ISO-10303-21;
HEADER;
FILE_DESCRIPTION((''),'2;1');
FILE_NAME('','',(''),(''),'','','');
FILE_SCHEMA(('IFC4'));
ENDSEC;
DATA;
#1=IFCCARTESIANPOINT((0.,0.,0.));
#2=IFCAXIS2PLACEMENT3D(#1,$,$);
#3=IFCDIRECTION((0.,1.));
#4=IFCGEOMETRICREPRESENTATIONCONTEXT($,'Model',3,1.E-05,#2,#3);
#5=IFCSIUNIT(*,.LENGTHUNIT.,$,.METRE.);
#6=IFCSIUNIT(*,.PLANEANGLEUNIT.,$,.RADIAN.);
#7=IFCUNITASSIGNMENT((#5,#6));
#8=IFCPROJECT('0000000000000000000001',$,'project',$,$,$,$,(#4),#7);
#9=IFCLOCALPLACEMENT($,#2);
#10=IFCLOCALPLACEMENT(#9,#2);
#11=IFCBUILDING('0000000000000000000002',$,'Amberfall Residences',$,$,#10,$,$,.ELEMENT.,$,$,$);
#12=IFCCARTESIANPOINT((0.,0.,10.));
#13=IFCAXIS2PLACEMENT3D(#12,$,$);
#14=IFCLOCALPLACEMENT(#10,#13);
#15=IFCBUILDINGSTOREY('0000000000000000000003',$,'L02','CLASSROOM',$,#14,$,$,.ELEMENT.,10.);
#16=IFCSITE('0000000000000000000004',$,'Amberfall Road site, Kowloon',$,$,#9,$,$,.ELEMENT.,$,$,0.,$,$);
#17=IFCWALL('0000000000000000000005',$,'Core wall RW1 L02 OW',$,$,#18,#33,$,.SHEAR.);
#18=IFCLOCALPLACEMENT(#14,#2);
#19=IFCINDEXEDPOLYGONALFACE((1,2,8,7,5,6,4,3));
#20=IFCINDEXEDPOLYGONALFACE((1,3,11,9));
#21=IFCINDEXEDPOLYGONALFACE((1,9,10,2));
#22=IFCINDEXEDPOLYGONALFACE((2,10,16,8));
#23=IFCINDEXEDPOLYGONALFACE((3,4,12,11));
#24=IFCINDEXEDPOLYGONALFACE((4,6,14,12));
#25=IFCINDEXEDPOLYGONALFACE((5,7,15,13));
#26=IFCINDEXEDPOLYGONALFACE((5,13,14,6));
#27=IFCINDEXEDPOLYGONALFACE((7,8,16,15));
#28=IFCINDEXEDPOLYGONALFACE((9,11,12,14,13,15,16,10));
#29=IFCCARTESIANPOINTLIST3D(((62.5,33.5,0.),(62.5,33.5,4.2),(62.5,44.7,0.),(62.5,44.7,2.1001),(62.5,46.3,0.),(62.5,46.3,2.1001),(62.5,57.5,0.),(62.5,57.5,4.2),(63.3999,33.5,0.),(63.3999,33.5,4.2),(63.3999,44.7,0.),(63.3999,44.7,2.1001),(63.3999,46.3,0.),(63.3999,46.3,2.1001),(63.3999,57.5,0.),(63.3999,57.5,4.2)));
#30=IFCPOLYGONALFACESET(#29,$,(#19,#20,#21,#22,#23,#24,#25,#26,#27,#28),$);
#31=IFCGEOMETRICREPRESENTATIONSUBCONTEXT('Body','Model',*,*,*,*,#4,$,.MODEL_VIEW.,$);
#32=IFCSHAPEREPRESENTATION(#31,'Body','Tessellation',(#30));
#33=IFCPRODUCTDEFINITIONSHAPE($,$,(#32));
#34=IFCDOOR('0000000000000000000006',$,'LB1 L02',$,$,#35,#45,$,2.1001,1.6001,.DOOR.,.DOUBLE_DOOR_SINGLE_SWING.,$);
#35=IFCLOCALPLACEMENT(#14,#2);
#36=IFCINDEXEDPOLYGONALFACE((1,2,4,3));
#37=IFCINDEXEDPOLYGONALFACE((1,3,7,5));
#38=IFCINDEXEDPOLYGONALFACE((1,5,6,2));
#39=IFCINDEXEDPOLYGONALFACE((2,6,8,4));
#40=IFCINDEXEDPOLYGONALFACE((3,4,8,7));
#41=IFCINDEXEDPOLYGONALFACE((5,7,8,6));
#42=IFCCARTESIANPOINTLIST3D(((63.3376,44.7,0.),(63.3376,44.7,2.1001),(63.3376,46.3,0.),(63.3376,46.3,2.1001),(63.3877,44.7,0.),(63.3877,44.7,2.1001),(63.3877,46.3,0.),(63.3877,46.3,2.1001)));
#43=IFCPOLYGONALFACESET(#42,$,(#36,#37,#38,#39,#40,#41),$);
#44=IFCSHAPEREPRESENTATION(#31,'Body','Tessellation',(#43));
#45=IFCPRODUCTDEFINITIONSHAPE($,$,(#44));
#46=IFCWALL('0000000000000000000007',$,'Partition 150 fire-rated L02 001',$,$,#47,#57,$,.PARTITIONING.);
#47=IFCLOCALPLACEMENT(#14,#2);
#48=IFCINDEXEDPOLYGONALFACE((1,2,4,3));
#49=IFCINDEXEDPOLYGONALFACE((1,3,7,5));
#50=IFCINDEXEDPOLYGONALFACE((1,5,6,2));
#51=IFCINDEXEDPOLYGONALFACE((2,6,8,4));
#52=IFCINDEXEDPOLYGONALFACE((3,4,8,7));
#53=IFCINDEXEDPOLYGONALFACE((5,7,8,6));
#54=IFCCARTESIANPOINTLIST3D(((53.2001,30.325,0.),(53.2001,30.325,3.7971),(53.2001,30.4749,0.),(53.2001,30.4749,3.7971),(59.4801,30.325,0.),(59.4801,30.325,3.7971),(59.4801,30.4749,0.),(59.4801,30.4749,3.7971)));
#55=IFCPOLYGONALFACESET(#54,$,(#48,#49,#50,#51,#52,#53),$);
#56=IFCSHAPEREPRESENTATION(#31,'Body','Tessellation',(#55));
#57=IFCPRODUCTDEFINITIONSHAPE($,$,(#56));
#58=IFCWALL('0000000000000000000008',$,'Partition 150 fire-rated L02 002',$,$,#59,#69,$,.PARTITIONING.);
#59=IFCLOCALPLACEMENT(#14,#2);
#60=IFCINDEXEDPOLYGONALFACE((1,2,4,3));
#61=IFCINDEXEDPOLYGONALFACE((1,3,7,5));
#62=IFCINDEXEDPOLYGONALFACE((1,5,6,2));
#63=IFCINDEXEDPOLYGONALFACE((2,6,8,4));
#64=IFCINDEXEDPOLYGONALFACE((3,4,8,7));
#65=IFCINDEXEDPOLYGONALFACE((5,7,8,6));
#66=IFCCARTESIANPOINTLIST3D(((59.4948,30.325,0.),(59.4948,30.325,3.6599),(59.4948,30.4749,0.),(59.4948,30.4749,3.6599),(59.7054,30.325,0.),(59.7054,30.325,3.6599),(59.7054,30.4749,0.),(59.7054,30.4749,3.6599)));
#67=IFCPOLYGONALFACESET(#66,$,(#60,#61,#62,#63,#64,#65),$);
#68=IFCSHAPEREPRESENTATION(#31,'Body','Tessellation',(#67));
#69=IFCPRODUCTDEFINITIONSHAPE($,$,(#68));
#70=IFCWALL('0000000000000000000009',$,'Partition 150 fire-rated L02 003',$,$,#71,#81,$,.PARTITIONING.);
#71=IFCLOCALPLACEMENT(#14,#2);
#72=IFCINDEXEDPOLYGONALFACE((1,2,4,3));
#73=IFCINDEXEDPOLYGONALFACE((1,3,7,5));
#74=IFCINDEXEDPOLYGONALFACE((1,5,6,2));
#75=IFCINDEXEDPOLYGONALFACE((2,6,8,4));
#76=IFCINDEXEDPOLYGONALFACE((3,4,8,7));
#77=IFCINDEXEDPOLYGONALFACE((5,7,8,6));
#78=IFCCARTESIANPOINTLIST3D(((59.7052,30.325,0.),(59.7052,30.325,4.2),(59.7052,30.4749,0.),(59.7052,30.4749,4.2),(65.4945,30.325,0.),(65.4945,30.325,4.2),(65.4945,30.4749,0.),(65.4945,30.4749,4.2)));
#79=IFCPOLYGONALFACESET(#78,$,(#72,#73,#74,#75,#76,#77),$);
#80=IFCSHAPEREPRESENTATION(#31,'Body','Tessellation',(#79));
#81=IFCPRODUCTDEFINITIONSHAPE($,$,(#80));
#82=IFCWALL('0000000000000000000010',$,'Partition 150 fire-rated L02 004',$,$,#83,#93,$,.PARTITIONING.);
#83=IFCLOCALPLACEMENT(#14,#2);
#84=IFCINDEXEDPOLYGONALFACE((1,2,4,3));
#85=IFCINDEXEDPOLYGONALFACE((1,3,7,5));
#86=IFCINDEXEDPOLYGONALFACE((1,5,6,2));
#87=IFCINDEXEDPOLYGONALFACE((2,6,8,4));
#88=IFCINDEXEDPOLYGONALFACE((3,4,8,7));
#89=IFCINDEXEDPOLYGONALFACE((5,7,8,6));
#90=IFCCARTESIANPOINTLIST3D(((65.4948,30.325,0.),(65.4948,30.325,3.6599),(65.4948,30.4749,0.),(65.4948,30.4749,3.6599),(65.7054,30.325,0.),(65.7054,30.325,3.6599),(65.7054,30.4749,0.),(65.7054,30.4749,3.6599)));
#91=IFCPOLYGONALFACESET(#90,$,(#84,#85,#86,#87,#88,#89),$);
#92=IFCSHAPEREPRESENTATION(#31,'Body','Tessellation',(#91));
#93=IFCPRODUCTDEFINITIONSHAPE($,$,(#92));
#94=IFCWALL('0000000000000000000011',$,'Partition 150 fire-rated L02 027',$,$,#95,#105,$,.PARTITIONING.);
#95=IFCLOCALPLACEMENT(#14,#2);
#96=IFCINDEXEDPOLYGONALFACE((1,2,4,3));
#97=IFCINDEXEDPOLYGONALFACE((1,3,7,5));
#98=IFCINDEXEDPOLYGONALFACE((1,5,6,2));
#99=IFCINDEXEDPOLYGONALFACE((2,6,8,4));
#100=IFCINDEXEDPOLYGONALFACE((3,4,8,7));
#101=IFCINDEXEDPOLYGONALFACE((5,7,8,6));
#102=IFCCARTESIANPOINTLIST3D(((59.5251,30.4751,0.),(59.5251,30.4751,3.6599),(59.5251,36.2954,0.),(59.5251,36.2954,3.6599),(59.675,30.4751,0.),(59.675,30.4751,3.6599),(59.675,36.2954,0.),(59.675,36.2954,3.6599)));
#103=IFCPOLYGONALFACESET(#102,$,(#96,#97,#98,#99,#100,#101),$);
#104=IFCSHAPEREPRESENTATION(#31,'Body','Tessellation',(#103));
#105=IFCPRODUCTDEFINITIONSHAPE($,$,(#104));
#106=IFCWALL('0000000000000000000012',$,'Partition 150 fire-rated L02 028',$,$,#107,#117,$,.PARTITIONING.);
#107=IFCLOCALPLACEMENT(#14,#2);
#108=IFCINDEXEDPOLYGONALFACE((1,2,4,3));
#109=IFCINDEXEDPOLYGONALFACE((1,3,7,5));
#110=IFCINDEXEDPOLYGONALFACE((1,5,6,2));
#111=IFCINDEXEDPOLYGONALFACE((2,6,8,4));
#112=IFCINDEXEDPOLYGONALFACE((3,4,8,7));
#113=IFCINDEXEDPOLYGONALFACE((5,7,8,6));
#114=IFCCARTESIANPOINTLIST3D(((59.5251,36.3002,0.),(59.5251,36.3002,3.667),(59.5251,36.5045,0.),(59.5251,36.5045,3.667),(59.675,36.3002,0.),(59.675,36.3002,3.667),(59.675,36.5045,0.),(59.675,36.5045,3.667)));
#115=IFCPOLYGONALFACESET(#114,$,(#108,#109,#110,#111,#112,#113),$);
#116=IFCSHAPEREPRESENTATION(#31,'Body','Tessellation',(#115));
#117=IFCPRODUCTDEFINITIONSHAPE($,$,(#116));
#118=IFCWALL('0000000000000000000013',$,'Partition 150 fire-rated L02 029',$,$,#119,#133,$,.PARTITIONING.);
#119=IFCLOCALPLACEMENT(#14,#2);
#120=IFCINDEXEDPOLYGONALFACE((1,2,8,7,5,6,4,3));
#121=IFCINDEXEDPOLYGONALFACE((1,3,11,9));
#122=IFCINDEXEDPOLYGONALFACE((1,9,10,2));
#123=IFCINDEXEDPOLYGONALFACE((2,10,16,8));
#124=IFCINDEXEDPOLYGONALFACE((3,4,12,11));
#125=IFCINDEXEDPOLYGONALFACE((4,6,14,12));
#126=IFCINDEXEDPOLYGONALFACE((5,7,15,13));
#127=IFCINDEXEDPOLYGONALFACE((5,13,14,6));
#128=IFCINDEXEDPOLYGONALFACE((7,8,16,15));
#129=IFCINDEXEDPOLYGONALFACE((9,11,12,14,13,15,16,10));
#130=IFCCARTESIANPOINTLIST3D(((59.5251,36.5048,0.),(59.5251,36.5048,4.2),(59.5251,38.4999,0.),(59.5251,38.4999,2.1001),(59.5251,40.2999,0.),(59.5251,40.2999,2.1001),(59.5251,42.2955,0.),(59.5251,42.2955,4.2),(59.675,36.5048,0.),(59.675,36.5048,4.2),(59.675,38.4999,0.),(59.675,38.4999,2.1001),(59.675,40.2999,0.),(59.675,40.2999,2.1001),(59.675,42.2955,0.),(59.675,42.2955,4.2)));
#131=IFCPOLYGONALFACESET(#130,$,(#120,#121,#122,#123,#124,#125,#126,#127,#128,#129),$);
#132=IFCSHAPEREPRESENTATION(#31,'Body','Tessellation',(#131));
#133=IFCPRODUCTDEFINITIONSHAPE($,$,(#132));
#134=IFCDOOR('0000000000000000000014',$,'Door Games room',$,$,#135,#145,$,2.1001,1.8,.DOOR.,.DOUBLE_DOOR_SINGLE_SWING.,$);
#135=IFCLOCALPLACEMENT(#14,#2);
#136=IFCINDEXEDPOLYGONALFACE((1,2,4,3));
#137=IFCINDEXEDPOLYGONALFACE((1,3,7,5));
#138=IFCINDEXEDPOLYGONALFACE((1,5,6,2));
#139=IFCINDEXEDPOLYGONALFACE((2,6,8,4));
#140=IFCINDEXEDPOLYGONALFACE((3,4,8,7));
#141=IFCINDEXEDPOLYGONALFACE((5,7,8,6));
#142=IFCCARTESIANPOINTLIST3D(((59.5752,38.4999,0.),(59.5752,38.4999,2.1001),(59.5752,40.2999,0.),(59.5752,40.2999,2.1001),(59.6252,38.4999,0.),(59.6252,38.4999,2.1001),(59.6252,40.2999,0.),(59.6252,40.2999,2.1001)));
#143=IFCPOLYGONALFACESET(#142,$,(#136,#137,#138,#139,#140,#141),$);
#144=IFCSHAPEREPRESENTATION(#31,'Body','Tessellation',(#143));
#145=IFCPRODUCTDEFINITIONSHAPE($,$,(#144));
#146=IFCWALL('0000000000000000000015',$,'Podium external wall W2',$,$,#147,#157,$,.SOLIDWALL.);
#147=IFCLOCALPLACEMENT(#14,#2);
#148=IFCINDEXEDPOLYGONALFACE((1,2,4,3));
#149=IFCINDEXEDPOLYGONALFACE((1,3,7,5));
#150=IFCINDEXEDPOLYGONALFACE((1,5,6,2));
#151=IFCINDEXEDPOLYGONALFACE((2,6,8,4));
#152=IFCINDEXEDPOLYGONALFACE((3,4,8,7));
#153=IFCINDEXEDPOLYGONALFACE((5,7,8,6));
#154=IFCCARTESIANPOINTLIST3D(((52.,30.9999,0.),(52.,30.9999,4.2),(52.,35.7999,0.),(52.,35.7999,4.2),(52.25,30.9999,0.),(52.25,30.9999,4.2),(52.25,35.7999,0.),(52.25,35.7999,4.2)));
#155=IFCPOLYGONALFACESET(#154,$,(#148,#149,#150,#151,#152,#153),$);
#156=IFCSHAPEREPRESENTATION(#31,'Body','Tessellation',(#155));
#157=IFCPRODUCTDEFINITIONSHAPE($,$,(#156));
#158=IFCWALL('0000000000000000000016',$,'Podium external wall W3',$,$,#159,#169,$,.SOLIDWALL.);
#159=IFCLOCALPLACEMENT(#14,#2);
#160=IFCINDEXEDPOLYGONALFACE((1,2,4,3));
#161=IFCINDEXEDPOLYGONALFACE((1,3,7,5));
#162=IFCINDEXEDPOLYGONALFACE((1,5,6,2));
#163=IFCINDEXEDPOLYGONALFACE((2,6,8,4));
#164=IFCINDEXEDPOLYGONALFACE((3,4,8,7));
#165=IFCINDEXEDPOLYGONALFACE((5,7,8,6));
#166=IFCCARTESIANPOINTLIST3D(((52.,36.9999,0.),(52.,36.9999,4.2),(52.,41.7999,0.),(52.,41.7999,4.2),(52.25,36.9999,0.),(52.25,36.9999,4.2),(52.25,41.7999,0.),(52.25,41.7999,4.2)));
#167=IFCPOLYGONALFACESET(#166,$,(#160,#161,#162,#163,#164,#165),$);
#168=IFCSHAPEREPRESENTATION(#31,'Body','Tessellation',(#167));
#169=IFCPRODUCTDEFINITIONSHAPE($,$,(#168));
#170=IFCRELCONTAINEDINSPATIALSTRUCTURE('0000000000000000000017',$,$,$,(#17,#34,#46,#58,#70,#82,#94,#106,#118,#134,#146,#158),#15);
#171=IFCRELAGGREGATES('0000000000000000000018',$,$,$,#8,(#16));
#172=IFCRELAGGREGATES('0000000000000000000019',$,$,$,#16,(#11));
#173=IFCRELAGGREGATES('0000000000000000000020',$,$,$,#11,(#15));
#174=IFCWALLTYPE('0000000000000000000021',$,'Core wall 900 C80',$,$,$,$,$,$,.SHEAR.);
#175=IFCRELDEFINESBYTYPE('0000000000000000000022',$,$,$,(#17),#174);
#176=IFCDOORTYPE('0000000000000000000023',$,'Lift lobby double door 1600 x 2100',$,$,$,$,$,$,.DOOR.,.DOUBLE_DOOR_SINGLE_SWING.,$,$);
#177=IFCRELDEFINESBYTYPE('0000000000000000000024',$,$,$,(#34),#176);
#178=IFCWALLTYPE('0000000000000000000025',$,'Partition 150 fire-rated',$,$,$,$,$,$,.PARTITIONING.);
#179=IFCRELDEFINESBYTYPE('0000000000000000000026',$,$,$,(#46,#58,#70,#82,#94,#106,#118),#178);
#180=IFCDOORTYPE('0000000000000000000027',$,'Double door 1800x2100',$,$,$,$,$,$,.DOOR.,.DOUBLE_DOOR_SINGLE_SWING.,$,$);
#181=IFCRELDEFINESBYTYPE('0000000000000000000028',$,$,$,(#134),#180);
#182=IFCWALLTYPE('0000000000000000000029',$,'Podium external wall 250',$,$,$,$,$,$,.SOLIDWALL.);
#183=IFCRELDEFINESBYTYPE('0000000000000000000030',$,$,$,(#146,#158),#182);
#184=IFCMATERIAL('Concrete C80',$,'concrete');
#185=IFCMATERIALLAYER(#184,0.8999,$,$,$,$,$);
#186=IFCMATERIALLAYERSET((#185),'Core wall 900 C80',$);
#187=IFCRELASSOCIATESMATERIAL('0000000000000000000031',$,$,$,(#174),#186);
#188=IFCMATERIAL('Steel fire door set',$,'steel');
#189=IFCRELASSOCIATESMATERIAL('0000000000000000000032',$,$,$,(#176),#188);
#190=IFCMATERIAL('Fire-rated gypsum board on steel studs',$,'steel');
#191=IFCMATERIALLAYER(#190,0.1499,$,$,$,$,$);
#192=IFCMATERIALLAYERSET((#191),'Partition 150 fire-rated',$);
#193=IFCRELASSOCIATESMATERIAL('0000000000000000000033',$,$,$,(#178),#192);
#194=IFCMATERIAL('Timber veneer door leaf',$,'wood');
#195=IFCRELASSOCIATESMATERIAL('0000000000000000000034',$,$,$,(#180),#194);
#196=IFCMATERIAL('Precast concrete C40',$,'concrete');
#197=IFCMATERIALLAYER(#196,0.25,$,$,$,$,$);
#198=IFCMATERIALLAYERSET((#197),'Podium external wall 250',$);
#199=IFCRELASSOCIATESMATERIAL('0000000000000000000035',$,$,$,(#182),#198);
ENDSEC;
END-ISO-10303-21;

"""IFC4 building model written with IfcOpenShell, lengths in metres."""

from ifc_helpers import new_model, si_unit, direction, frame, frame_2d, origin, place, context, subcontext, project, spatial, rectangle, extrude, material, layer, layer_set, type_object, element, fill, save


model = new_model("IFC4")

# Units and contexts
model_context = context("Model", 3, precision=1e-05, world=origin(), true_north=direction((0.0, 1.0)))
body_context = subcontext(model_context, "Body", "Model", "MODEL_VIEW")
ifc_project = project(units=[si_unit("LENGTHUNIT", "METRE"), si_unit("PLANEANGLEUNIT", "RADIAN")], contexts=[model_context])

# Site, building, storey
site_placement = place(None, origin())
site = spatial("IfcSite", under=ifc_project, at=site_placement, Name="Amberfall Road site, Kowloon", CompositionType="ELEMENT", RefElevation=0.0)
building_placement = place(site_placement, origin())
building = spatial("IfcBuilding", under=site, at=building_placement, Name="Amberfall Residences", CompositionType="ELEMENT")
storey_placement = place(building_placement, frame((0.0, 0.0, 10.0)))
storey = spatial("IfcBuildingStorey", under=building, at=storey_placement, Name="L02", Description="CLASSROOM", CompositionType="ELEMENT", Elevation=10.0)

# Shared definitions
ifc_material_1 = material(Name="Concrete C80", Category="concrete")

# Shared definitions
ifc_layer_1 = layer(ifc_material_1, 0.8999)
ifc_layer_set_1 = layer_set([ifc_layer_1], Name="Core wall 900 C80")
wall_type_1 = type_object("IfcWallType", Name="Core wall 900 C80", PredefinedType="SHEAR", material=ifc_layer_set_1)
ifc_material_2 = material(Name="Steel fire door set", Category="steel")

# Wall, opening, door
wall_1_placement = place(storey_placement, frame((62.95, 33.5, 0.0), z_axis=(0.0, 0.0, 1.0), x_axis=(0.0, 1.0, 0.0)))
wall_1 = element("IfcWall", 1, at=wall_1_placement, inside=storey, type_object=wall_type_1, Name="Core wall RW1 L02 OW", PredefinedType="SHEAR", context=body_context, shape_type="SweptSolid", body=[
    extrude(rectangle(XDim=24.0, YDim=0.8999, at=frame_2d((12.0, 0.0))), origin(), (0.0, 0.0, 1.0), 4.2),
])
opening_1_placement = place(wall_1_placement, frame((11.2, 0.0, 0.0)))
opening_1 = element("IfcOpeningElement", 2, at=opening_1_placement, cuts=wall_1, PredefinedType="OPENING", context=body_context, shape_type="SweptSolid", body=[
    extrude(rectangle(XDim=1.6001, YDim=2.1001, at=frame_2d((0.8, 1.05))), frame((0.0, 0.46, 0.0), z_axis=(0.0, -1.0, 0.0), x_axis=(1.0, 0.0, 0.0)), (0.0, 0.0, 1.0), 0.9199),
])
door_type_1 = type_object("IfcDoorType", Name="Lift lobby double door 1600 x 2100", OperationType="DOUBLE_DOOR_SINGLE_SWING", PredefinedType="DOOR", material=ifc_material_2)
door_1_placement = place(opening_1_placement, origin())
door_1 = element("IfcDoor", 3, at=door_1_placement, inside=storey, type_object=door_type_1, Name="LB1 L02", OperationType="DOUBLE_DOOR_SINGLE_SWING", OverallHeight=2.1001, OverallWidth=1.6001, PredefinedType="DOOR", context=body_context, shape_type="SweptSolid", body=[
    extrude(rectangle(XDim=1.6001, YDim=2.1001, at=frame_2d((0.8, 1.05))), frame((0.0, -0.3877, 0.0), z_axis=(0.0, -1.0, 0.0), x_axis=(1.0, 0.0, 0.0)), (0.0, 0.0, 1.0), 0.05),
])
fill(opening_1, door_1)

# Walls
ifc_material_3 = material(Name="Fire-rated gypsum board on steel studs", Category="steel")
ifc_layer_2 = layer(ifc_material_3, 0.1499)
ifc_layer_set_2 = layer_set([ifc_layer_2], Name="Partition 150 fire-rated")
wall_type_2 = type_object("IfcWallType", Name="Partition 150 fire-rated", PredefinedType="PARTITIONING", material=ifc_layer_set_2)
wall_2_placement = place(storey_placement, frame((53.2, 30.3999, 0.0), z_axis=(0.0, 0.0, 1.0), x_axis=(1.0, 0.0, 0.0)))
element("IfcWall", 4, at=wall_2_placement, inside=storey, type_object=wall_type_2, Name="Partition 150 fire-rated L02 001", PredefinedType="PARTITIONING", context=body_context, shape_type="SweptSolid", body=[
    extrude(rectangle(XDim=6.28, YDim=0.1499, at=frame_2d((3.1401, 0.0))), origin(), (0.0, 0.0, 1.0), 3.7971),
])
wall_3_placement = place(storey_placement, frame((59.4946, 30.3999, 0.0), z_axis=(0.0, 0.0, 1.0), x_axis=(1.0, 0.0, 0.0)))
element("IfcWall", 5, at=wall_3_placement, inside=storey, type_object=wall_type_2, Name="Partition 150 fire-rated L02 002", PredefinedType="PARTITIONING", context=body_context, shape_type="SweptSolid", body=[
    extrude(rectangle(XDim=0.2107, YDim=0.1499, at=frame_2d((0.1055, 0.0))), origin(), (0.0, 0.0, 1.0), 3.6599),
])
wall_4_placement = place(storey_placement, frame((59.7053, 30.3999, 0.0), z_axis=(0.0, 0.0, 1.0), x_axis=(1.0, 0.0, 0.0)))
element("IfcWall", 6, at=wall_4_placement, inside=storey, type_object=wall_type_2, Name="Partition 150 fire-rated L02 003", PredefinedType="PARTITIONING", context=body_context, shape_type="SweptSolid", body=[
    extrude(rectangle(XDim=5.7893, YDim=0.1499, at=frame_2d((2.8945, 0.0))), origin(), (0.0, 0.0, 1.0), 4.2),
])
wall_5_placement = place(storey_placement, frame((65.4946, 30.3999, 0.0), z_axis=(0.0, 0.0, 1.0), x_axis=(1.0, 0.0, 0.0)))
element("IfcWall", 7, at=wall_5_placement, inside=storey, type_object=wall_type_2, Name="Partition 150 fire-rated L02 004", PredefinedType="PARTITIONING", context=body_context, shape_type="SweptSolid", body=[
    extrude(rectangle(XDim=0.2107, YDim=0.1499, at=frame_2d((0.1055, 0.0))), origin(), (0.0, 0.0, 1.0), 3.6599),
])
wall_6_placement = place(storey_placement, frame((59.6001, 30.4751, 0.0), z_axis=(0.0, 0.0, 1.0), x_axis=(0.0, 1.0, 0.0)))
element("IfcWall", 8, at=wall_6_placement, inside=storey, type_object=wall_type_2, Name="Partition 150 fire-rated L02 027", PredefinedType="PARTITIONING", context=body_context, shape_type="SweptSolid", body=[
    extrude(rectangle(XDim=5.8203, YDim=0.1499, at=frame_2d((2.9102, 0.0))), origin(), (0.0, 0.0, 1.0), 3.6599),
])
wall_7_placement = place(storey_placement, frame((59.6001, 36.3003, 0.0), z_axis=(0.0, 0.0, 1.0), x_axis=(0.0, 1.0, 0.0)))
element("IfcWall", 9, at=wall_7_placement, inside=storey, type_object=wall_type_2, Name="Partition 150 fire-rated L02 028", PredefinedType="PARTITIONING", context=body_context, shape_type="SweptSolid", body=[
    extrude(rectangle(XDim=0.2043, YDim=0.1499, at=frame_2d((0.1021, 0.0))), origin(), (0.0, 0.0, 1.0), 3.667),
])

# Wall, opening, door
wall_8_placement = place(storey_placement, frame((59.6001, 36.5046, 0.0), z_axis=(0.0, 0.0, 1.0), x_axis=(0.0, 1.0, 0.0)))
wall_8 = element("IfcWall", 10, at=wall_8_placement, inside=storey, type_object=wall_type_2, Name="Partition 150 fire-rated L02 029", PredefinedType="PARTITIONING", context=body_context, shape_type="SweptSolid", body=[
    extrude(rectangle(XDim=5.7908, YDim=0.1499, at=frame_2d((2.8955, 0.0))), origin(), (0.0, 0.0, 1.0), 4.2),
])
opening_2_placement = place(wall_8_placement, frame((1.9954, 0.0, 0.0)))
opening_2 = element("IfcOpeningElement", 11, at=opening_2_placement, cuts=wall_8, PredefinedType="OPENING", context=body_context, shape_type="SweptSolid", body=[
    extrude(rectangle(XDim=1.8, YDim=2.1001, at=frame_2d((0.8999, 1.05))), frame((0.0, 0.085, 0.0), z_axis=(0.0, -1.0, 0.0), x_axis=(1.0, 0.0, 0.0)), (0.0, 0.0, 1.0), 0.1699),
])
ifc_material_4 = material(Name="Timber veneer door leaf", Category="wood")
door_type_2 = type_object("IfcDoorType", Name="Double door 1800x2100", OperationType="DOUBLE_DOOR_SINGLE_SWING", PredefinedType="DOOR", material=ifc_material_4)
door_2_placement = place(opening_2_placement, origin())
door_2 = element("IfcDoor", 12, at=door_2_placement, inside=storey, type_object=door_type_2, Name="Door Games room", OperationType="DOUBLE_DOOR_SINGLE_SWING", OverallHeight=2.1001, OverallWidth=1.8, PredefinedType="DOOR", context=body_context, shape_type="SweptSolid", body=[
    extrude(rectangle(XDim=1.8, YDim=2.1001, at=frame_2d((0.8999, 1.05))), frame((0.0, 0.0249, 0.0), z_axis=(0.0, -1.0, 0.0), x_axis=(1.0, 0.0, 0.0)), (0.0, 0.0, 1.0), 0.05),
])
fill(opening_2, door_2)

# Walls
ifc_material_5 = material(Name="Precast concrete C40", Category="concrete")
ifc_layer_3 = layer(ifc_material_5, 0.25)
ifc_layer_set_3 = layer_set([ifc_layer_3], Name="Podium external wall 250")
wall_type_3 = type_object("IfcWallType", Name="Podium external wall 250", PredefinedType="SOLIDWALL", material=ifc_layer_set_3)
for number, where, z_axis, x_axis, name in (
    (13, (52.125, 31.0, 0.0), (0.0, 0.0, 1.0), (0.0, 1.0, 0.0), "Podium external wall W2"),
    (14, (52.125, 37.0, 0.0), (0.0, 0.0, 1.0), (0.0, 1.0, 0.0), "Podium external wall W3"),
):
    element("IfcWall", number, at=place(storey_placement, frame(where, z_axis=z_axis, x_axis=x_axis)), inside=storey, type_object=wall_type_3, Name=name, PredefinedType="SOLIDWALL", context=body_context, shape_type="SweptSolid", body=[
        extrude(rectangle(XDim=4.8, YDim=0.25, at=frame_2d((2.3999, 0.0))), origin(), (0.0, 0.0, 1.0), 4.2),
    ])

save(model, "model.ifc")
